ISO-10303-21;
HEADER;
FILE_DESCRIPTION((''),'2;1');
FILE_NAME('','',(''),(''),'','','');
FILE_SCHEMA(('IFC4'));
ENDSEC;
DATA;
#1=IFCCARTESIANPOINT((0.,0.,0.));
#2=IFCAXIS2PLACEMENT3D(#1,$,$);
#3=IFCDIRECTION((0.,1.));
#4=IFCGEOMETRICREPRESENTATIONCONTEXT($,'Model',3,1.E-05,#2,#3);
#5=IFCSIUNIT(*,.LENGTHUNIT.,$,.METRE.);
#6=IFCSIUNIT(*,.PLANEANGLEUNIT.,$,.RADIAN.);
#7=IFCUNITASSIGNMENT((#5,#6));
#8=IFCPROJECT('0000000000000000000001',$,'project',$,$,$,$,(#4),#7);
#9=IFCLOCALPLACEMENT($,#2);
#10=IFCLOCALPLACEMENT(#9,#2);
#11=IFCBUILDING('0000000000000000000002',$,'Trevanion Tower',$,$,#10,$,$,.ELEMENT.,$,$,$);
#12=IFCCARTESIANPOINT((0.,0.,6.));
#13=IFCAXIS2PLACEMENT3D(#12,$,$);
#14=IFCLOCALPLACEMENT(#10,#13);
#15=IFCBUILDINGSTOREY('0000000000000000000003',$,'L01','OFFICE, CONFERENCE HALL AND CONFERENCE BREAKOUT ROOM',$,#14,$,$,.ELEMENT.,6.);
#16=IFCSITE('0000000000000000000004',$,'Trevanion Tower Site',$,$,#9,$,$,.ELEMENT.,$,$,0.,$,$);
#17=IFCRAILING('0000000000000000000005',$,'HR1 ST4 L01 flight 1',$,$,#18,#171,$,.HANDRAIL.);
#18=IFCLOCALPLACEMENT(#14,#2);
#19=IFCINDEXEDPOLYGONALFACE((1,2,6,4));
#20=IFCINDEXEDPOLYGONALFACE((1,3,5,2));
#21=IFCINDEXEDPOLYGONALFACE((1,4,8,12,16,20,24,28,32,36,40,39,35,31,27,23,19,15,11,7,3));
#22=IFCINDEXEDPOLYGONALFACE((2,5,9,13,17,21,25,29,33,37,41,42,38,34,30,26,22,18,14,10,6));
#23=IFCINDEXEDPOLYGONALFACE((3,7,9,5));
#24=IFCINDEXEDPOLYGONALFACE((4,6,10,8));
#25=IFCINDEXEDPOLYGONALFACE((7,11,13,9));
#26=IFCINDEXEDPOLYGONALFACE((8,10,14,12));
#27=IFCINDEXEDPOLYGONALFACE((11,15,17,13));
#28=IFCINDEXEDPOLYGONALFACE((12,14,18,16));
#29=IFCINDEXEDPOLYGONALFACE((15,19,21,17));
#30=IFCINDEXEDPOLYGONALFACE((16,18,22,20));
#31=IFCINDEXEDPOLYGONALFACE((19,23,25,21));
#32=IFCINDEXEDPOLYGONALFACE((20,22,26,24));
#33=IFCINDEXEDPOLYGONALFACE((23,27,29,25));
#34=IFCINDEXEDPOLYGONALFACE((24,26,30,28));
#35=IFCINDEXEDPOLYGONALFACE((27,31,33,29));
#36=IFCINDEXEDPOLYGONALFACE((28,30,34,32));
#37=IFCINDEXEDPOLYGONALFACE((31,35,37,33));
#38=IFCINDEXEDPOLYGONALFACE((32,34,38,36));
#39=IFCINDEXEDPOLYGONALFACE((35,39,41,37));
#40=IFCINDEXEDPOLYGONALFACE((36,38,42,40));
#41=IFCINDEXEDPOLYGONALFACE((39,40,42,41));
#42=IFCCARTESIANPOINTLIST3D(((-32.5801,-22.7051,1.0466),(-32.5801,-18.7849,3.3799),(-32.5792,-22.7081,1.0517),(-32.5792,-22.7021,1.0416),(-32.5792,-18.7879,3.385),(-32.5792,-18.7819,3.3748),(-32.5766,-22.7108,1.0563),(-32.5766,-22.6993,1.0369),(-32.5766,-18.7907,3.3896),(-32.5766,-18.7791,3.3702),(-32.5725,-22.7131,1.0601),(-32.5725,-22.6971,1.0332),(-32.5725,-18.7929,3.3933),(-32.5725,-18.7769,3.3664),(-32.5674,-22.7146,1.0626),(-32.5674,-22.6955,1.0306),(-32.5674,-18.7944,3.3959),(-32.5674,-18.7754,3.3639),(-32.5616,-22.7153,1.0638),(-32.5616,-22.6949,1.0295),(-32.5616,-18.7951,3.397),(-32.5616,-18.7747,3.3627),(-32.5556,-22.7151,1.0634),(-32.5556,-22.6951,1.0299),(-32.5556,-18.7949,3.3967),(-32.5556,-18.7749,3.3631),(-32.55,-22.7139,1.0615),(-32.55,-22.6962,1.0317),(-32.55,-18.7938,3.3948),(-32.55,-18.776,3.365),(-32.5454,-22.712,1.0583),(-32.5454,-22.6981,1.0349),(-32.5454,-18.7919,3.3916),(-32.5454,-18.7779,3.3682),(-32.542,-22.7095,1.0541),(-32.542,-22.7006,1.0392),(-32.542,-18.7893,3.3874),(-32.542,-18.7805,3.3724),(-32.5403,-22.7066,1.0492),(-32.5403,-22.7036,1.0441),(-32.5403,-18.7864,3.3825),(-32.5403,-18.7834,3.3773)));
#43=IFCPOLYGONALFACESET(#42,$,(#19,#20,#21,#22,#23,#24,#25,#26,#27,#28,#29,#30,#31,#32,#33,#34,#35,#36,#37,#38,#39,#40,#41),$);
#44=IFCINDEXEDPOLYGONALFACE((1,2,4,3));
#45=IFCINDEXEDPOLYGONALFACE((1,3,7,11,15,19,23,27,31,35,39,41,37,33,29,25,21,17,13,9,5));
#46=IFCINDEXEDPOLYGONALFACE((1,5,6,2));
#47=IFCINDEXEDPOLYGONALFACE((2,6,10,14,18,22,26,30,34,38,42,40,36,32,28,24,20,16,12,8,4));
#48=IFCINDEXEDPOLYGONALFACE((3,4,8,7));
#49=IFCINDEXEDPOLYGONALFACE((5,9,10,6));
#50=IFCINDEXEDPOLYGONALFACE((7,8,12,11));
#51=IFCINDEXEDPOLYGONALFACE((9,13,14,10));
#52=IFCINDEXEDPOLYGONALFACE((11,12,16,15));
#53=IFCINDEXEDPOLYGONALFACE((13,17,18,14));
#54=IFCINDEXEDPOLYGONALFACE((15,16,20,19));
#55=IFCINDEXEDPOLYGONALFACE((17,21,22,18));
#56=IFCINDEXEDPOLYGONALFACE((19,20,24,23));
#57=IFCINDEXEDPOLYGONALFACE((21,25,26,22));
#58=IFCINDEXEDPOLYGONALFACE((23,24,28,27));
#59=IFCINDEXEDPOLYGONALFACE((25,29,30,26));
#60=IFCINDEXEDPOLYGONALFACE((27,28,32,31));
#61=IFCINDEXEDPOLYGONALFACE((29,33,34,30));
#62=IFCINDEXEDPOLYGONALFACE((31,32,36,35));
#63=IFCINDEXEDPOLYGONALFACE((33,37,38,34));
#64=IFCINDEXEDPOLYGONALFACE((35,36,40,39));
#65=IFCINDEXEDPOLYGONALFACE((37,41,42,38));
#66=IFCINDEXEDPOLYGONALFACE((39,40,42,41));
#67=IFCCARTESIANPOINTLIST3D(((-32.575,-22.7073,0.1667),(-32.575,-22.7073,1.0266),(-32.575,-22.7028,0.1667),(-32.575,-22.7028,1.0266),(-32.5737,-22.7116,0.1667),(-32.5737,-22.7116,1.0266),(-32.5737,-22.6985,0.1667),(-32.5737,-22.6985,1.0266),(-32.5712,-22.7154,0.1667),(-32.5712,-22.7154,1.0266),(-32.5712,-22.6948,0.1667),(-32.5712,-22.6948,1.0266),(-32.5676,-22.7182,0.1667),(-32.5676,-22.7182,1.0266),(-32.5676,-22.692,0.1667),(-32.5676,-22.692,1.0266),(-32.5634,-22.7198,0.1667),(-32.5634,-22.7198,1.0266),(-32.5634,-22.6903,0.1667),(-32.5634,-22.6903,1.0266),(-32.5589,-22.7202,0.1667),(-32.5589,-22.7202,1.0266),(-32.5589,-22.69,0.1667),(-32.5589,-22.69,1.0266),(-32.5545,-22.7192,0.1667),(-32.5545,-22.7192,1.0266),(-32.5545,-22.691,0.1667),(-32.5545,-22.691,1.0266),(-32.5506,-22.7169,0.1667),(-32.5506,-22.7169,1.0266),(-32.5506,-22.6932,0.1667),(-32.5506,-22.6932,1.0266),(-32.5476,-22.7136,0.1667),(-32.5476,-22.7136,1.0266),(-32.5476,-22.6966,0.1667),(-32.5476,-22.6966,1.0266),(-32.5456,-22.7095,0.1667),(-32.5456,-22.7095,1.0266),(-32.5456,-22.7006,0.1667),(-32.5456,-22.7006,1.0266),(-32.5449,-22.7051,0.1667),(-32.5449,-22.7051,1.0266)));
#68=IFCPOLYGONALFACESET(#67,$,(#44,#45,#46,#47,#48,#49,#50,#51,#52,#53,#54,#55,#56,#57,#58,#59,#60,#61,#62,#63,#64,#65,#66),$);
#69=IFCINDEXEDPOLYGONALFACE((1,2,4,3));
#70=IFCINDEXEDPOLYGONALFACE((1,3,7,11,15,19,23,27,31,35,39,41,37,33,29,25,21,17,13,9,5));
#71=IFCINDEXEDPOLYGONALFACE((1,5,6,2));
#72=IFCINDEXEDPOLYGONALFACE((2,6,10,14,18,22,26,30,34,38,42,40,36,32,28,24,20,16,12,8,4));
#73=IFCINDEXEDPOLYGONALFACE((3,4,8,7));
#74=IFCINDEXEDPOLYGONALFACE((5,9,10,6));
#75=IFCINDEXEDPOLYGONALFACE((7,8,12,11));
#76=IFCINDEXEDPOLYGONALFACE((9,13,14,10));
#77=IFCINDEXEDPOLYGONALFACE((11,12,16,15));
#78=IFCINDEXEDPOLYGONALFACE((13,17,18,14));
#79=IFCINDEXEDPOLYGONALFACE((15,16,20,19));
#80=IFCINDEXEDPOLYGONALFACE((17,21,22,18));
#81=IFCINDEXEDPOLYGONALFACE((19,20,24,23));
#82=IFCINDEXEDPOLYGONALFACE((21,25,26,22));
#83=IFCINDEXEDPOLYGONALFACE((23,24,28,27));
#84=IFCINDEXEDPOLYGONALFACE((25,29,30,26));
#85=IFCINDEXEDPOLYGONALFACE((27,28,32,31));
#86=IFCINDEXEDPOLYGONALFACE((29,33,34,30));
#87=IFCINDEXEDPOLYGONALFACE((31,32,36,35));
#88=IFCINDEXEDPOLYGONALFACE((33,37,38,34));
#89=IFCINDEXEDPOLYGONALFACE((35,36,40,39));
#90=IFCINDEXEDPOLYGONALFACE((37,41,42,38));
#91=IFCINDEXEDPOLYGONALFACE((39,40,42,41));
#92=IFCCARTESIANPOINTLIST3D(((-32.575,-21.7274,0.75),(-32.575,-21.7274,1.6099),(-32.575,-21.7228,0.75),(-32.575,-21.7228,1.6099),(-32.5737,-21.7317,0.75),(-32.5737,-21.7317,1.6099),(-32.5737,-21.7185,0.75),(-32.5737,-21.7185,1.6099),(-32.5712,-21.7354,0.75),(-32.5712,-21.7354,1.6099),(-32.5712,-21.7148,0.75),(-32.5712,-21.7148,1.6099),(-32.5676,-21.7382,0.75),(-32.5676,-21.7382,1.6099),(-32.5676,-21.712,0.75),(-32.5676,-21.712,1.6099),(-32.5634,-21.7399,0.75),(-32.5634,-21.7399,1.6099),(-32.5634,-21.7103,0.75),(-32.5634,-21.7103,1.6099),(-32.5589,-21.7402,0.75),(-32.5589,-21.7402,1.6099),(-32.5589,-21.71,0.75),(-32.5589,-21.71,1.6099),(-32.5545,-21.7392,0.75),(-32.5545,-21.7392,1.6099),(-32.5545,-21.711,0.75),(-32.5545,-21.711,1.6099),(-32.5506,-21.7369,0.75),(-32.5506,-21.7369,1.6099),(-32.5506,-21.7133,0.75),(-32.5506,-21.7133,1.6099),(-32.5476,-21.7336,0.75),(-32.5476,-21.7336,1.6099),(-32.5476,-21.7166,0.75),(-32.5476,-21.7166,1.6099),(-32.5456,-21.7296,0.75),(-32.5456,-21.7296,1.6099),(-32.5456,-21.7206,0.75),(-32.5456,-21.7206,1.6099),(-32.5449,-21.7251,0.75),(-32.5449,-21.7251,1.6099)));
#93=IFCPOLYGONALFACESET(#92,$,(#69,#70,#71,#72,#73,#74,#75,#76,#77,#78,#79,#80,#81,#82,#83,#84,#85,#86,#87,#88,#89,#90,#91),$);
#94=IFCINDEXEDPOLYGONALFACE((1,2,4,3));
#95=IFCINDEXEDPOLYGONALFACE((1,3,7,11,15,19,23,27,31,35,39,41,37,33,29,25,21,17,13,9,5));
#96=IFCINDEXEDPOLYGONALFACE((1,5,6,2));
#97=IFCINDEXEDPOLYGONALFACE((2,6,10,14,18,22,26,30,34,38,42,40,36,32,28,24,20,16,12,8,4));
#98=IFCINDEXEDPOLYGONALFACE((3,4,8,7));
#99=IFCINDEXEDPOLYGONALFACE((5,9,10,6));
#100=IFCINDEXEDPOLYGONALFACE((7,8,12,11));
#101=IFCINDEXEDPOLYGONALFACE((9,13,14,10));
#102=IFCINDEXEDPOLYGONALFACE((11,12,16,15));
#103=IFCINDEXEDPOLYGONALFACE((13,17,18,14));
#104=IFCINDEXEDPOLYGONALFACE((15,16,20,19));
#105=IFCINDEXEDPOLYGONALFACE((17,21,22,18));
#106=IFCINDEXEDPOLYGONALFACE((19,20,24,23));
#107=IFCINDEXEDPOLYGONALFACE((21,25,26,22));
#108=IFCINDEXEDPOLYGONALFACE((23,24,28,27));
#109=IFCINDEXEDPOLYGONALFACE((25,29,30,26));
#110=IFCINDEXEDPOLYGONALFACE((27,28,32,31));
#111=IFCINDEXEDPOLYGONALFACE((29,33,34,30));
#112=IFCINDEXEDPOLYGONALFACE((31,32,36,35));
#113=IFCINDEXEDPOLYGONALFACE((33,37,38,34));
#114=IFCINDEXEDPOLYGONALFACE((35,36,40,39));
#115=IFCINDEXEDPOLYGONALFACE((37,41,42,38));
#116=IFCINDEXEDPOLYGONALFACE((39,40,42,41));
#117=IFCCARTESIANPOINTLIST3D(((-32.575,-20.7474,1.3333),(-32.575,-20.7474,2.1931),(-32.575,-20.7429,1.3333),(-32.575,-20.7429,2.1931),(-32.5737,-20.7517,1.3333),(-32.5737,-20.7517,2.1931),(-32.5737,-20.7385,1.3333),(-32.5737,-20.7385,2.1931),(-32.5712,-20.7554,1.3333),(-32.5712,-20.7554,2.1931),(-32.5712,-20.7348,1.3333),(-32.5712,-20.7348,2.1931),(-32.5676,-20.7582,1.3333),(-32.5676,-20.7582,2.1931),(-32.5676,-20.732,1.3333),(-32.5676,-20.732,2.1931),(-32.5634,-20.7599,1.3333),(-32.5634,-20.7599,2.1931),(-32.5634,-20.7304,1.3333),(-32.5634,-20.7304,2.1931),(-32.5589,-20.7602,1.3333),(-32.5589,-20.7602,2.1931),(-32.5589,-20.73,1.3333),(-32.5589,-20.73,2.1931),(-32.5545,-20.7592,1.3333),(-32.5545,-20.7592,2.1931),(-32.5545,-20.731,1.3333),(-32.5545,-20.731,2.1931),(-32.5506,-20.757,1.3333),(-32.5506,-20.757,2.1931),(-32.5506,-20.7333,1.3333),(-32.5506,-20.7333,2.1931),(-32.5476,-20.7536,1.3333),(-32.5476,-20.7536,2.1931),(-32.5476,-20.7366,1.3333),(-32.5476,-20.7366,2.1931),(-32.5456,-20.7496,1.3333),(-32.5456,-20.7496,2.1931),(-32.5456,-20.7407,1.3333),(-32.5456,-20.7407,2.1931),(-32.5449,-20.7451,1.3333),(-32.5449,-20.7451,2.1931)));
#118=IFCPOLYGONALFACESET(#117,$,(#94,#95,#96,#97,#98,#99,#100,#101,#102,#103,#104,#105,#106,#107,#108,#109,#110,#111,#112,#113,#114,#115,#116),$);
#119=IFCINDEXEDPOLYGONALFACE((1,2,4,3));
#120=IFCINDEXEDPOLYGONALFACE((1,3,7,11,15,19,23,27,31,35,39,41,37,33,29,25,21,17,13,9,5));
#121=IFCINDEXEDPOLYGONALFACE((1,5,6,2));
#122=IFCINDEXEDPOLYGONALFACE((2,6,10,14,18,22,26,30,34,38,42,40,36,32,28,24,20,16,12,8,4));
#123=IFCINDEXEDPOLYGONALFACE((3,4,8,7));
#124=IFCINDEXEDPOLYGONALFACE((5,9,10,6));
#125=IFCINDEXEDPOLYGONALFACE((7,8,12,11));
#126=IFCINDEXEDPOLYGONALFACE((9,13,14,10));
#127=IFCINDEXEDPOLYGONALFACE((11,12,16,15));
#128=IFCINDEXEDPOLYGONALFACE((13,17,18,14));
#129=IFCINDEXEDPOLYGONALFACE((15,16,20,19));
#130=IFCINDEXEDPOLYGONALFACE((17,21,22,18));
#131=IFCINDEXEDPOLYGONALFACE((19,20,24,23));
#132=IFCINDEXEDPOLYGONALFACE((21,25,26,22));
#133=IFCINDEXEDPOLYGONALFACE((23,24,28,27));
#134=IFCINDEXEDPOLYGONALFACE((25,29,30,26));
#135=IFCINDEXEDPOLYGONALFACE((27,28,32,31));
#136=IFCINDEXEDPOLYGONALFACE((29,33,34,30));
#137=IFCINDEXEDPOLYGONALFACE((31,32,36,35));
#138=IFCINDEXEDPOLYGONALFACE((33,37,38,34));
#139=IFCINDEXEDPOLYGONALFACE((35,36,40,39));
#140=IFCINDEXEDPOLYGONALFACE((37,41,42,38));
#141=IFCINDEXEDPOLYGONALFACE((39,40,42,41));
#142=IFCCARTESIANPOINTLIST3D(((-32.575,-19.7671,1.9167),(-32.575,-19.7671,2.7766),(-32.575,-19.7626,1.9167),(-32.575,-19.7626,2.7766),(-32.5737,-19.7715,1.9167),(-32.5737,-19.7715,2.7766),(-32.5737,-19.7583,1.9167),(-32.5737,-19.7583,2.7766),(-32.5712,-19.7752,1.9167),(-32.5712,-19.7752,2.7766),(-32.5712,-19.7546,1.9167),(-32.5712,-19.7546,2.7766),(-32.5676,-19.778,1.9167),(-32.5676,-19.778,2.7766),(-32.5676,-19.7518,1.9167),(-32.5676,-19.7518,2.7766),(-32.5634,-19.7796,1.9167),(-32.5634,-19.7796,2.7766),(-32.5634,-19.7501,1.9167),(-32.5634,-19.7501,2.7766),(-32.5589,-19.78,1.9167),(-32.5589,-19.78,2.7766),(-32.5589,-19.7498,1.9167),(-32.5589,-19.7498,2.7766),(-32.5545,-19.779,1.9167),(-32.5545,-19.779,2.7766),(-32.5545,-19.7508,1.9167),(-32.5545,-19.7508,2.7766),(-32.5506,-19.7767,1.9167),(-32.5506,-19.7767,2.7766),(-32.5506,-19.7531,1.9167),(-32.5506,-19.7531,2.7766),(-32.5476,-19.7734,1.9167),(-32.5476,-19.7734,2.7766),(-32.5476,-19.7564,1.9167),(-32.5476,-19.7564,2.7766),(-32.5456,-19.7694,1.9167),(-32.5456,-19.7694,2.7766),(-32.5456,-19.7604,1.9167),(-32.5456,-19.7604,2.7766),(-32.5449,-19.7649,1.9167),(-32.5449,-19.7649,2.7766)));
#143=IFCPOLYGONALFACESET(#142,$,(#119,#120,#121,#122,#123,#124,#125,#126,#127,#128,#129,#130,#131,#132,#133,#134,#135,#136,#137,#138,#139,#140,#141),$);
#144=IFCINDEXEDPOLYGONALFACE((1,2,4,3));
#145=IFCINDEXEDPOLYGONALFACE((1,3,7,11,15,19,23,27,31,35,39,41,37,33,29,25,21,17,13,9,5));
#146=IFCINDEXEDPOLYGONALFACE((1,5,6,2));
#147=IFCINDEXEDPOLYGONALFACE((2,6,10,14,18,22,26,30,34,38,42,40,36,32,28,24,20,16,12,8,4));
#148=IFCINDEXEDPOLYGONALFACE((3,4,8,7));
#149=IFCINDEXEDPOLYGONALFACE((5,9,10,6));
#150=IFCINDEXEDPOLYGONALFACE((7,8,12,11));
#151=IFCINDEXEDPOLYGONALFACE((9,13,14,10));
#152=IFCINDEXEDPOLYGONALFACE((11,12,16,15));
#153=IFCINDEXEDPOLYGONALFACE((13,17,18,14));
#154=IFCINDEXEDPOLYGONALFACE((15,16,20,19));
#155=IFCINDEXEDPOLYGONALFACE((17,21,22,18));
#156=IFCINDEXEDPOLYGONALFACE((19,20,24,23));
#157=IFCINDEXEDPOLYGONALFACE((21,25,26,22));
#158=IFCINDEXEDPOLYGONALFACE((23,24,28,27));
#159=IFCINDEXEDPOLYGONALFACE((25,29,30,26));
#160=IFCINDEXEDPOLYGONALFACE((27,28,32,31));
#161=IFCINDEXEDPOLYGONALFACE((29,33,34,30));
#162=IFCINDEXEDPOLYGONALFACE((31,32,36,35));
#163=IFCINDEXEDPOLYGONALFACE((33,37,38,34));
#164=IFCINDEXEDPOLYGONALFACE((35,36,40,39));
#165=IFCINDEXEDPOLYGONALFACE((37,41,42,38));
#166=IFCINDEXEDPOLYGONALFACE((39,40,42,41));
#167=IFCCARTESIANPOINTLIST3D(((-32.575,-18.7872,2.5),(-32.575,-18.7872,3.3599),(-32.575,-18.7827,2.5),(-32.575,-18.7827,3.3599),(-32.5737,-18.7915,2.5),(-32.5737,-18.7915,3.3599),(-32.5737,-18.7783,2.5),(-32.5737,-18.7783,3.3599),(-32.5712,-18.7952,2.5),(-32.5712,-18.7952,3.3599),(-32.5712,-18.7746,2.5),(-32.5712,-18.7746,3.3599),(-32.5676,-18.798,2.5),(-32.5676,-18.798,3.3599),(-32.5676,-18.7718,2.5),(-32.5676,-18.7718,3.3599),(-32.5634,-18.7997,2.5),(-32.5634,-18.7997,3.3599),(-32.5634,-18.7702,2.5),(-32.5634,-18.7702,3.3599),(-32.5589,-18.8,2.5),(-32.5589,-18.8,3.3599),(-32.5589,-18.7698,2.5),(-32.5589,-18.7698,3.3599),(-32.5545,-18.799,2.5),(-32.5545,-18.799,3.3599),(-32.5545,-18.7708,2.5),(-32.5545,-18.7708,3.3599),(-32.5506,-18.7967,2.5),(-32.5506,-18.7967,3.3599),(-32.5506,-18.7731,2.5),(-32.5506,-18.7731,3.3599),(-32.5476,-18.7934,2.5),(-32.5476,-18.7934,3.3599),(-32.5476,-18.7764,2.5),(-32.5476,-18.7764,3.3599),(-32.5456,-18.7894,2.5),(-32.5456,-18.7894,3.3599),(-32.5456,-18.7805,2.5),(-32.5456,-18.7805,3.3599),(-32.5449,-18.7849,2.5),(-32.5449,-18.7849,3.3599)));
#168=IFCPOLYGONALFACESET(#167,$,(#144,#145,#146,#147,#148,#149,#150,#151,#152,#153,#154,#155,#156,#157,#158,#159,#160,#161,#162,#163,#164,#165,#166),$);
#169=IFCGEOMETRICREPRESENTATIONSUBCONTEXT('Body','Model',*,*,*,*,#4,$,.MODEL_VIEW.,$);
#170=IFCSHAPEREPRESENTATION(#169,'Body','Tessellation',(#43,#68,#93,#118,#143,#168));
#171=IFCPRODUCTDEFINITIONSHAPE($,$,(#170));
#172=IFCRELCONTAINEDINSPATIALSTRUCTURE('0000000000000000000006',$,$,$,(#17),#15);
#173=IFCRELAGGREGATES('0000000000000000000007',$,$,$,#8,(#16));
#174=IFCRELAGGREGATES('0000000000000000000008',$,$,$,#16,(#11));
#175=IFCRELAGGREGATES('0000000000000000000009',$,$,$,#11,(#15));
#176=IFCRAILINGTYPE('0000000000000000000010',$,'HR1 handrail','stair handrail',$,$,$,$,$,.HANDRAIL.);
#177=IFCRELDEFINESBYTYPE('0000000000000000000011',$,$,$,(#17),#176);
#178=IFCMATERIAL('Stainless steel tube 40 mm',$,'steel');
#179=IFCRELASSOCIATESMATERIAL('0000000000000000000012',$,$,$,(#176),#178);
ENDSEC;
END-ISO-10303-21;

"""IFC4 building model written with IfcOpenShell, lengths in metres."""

from ifc_helpers import new_model, si_unit, direction, frame, origin, origin_2d, place, context, subcontext, project, spatial, circle, extrude, material, type_object, element, save


model = new_model("IFC4")

# Units and contexts
model_context = context("Model", 3, precision=1e-05, world=origin(), true_north=direction((0.0, 1.0)))
body_context = subcontext(model_context, "Body", "Model", "MODEL_VIEW")
ifc_project = project(units=[si_unit("LENGTHUNIT", "METRE"), si_unit("PLANEANGLEUNIT", "RADIAN")], contexts=[model_context])

# Site, building, storey
site_placement = place(None, origin())
site = spatial("IfcSite", under=ifc_project, at=site_placement, Name="Trevanion Tower Site", CompositionType="ELEMENT", RefElevation=0.0)
building_placement = place(site_placement, origin())
building = spatial("IfcBuilding", under=site, at=building_placement, Name="Trevanion Tower", CompositionType="ELEMENT")
storey_placement = place(building_placement, frame((0.0, 0.0, 6.0)))
storey = spatial("IfcBuildingStorey", under=building, at=storey_placement, Name="L01", Description="OFFICE, CONFERENCE HALL AND CONFERENCE BREAKOUT ROOM", CompositionType="ELEMENT", Elevation=6.0)

# Railing
ifc_material_1 = material(Name="Stainless steel tube 40 mm", Category="steel")
railing_type = type_object("IfcRailingType", Name="HR1 handrail", Description="stair handrail", PredefinedType="HANDRAIL", material=ifc_material_1)
for number, where, name in (
    (1, (-32.5601, -22.7051, 0.1667), "HR1 ST4 L01 flight 1"),
):
    element("IfcRailing", number, at=place(storey_placement, frame(where)), inside=storey, type_object=railing_type, Name=name, PredefinedType="HANDRAIL", context=body_context, shape_type="SweptSolid", body=[
        extrude(circle(Radius=0.02, at=origin_2d()), frame((0.0, 0.0, 0.8799), z_axis=(0.0, 0.85931, 0.511455), x_axis=(-1.0, 0.0, 0.0)), (0.0, 0.0, 1.0), 4.562),
        extrude(circle(Radius=0.0151, at=origin_2d()), origin(), (0.0, 0.0, 1.0), 0.8599),
        extrude(circle(Radius=0.0151, at=origin_2d()), frame((0.0, 0.98, 0.5833)), (0.0, 0.0, 1.0), 0.8599),
        extrude(circle(Radius=0.0151, at=origin_2d()), frame((0.0, 1.96, 1.1665)), (0.0, 0.0, 1.0), 0.8599),
        extrude(circle(Radius=0.0151, at=origin_2d()), frame((0.0, 2.9402, 1.75)), (0.0, 0.0, 1.0), 0.8599),
        extrude(circle(Radius=0.0151, at=origin_2d()), frame((0.0, 3.9202, 2.3333)), (0.0, 0.0, 1.0), 0.8599),
    ])

save(model, "model.ifc")
